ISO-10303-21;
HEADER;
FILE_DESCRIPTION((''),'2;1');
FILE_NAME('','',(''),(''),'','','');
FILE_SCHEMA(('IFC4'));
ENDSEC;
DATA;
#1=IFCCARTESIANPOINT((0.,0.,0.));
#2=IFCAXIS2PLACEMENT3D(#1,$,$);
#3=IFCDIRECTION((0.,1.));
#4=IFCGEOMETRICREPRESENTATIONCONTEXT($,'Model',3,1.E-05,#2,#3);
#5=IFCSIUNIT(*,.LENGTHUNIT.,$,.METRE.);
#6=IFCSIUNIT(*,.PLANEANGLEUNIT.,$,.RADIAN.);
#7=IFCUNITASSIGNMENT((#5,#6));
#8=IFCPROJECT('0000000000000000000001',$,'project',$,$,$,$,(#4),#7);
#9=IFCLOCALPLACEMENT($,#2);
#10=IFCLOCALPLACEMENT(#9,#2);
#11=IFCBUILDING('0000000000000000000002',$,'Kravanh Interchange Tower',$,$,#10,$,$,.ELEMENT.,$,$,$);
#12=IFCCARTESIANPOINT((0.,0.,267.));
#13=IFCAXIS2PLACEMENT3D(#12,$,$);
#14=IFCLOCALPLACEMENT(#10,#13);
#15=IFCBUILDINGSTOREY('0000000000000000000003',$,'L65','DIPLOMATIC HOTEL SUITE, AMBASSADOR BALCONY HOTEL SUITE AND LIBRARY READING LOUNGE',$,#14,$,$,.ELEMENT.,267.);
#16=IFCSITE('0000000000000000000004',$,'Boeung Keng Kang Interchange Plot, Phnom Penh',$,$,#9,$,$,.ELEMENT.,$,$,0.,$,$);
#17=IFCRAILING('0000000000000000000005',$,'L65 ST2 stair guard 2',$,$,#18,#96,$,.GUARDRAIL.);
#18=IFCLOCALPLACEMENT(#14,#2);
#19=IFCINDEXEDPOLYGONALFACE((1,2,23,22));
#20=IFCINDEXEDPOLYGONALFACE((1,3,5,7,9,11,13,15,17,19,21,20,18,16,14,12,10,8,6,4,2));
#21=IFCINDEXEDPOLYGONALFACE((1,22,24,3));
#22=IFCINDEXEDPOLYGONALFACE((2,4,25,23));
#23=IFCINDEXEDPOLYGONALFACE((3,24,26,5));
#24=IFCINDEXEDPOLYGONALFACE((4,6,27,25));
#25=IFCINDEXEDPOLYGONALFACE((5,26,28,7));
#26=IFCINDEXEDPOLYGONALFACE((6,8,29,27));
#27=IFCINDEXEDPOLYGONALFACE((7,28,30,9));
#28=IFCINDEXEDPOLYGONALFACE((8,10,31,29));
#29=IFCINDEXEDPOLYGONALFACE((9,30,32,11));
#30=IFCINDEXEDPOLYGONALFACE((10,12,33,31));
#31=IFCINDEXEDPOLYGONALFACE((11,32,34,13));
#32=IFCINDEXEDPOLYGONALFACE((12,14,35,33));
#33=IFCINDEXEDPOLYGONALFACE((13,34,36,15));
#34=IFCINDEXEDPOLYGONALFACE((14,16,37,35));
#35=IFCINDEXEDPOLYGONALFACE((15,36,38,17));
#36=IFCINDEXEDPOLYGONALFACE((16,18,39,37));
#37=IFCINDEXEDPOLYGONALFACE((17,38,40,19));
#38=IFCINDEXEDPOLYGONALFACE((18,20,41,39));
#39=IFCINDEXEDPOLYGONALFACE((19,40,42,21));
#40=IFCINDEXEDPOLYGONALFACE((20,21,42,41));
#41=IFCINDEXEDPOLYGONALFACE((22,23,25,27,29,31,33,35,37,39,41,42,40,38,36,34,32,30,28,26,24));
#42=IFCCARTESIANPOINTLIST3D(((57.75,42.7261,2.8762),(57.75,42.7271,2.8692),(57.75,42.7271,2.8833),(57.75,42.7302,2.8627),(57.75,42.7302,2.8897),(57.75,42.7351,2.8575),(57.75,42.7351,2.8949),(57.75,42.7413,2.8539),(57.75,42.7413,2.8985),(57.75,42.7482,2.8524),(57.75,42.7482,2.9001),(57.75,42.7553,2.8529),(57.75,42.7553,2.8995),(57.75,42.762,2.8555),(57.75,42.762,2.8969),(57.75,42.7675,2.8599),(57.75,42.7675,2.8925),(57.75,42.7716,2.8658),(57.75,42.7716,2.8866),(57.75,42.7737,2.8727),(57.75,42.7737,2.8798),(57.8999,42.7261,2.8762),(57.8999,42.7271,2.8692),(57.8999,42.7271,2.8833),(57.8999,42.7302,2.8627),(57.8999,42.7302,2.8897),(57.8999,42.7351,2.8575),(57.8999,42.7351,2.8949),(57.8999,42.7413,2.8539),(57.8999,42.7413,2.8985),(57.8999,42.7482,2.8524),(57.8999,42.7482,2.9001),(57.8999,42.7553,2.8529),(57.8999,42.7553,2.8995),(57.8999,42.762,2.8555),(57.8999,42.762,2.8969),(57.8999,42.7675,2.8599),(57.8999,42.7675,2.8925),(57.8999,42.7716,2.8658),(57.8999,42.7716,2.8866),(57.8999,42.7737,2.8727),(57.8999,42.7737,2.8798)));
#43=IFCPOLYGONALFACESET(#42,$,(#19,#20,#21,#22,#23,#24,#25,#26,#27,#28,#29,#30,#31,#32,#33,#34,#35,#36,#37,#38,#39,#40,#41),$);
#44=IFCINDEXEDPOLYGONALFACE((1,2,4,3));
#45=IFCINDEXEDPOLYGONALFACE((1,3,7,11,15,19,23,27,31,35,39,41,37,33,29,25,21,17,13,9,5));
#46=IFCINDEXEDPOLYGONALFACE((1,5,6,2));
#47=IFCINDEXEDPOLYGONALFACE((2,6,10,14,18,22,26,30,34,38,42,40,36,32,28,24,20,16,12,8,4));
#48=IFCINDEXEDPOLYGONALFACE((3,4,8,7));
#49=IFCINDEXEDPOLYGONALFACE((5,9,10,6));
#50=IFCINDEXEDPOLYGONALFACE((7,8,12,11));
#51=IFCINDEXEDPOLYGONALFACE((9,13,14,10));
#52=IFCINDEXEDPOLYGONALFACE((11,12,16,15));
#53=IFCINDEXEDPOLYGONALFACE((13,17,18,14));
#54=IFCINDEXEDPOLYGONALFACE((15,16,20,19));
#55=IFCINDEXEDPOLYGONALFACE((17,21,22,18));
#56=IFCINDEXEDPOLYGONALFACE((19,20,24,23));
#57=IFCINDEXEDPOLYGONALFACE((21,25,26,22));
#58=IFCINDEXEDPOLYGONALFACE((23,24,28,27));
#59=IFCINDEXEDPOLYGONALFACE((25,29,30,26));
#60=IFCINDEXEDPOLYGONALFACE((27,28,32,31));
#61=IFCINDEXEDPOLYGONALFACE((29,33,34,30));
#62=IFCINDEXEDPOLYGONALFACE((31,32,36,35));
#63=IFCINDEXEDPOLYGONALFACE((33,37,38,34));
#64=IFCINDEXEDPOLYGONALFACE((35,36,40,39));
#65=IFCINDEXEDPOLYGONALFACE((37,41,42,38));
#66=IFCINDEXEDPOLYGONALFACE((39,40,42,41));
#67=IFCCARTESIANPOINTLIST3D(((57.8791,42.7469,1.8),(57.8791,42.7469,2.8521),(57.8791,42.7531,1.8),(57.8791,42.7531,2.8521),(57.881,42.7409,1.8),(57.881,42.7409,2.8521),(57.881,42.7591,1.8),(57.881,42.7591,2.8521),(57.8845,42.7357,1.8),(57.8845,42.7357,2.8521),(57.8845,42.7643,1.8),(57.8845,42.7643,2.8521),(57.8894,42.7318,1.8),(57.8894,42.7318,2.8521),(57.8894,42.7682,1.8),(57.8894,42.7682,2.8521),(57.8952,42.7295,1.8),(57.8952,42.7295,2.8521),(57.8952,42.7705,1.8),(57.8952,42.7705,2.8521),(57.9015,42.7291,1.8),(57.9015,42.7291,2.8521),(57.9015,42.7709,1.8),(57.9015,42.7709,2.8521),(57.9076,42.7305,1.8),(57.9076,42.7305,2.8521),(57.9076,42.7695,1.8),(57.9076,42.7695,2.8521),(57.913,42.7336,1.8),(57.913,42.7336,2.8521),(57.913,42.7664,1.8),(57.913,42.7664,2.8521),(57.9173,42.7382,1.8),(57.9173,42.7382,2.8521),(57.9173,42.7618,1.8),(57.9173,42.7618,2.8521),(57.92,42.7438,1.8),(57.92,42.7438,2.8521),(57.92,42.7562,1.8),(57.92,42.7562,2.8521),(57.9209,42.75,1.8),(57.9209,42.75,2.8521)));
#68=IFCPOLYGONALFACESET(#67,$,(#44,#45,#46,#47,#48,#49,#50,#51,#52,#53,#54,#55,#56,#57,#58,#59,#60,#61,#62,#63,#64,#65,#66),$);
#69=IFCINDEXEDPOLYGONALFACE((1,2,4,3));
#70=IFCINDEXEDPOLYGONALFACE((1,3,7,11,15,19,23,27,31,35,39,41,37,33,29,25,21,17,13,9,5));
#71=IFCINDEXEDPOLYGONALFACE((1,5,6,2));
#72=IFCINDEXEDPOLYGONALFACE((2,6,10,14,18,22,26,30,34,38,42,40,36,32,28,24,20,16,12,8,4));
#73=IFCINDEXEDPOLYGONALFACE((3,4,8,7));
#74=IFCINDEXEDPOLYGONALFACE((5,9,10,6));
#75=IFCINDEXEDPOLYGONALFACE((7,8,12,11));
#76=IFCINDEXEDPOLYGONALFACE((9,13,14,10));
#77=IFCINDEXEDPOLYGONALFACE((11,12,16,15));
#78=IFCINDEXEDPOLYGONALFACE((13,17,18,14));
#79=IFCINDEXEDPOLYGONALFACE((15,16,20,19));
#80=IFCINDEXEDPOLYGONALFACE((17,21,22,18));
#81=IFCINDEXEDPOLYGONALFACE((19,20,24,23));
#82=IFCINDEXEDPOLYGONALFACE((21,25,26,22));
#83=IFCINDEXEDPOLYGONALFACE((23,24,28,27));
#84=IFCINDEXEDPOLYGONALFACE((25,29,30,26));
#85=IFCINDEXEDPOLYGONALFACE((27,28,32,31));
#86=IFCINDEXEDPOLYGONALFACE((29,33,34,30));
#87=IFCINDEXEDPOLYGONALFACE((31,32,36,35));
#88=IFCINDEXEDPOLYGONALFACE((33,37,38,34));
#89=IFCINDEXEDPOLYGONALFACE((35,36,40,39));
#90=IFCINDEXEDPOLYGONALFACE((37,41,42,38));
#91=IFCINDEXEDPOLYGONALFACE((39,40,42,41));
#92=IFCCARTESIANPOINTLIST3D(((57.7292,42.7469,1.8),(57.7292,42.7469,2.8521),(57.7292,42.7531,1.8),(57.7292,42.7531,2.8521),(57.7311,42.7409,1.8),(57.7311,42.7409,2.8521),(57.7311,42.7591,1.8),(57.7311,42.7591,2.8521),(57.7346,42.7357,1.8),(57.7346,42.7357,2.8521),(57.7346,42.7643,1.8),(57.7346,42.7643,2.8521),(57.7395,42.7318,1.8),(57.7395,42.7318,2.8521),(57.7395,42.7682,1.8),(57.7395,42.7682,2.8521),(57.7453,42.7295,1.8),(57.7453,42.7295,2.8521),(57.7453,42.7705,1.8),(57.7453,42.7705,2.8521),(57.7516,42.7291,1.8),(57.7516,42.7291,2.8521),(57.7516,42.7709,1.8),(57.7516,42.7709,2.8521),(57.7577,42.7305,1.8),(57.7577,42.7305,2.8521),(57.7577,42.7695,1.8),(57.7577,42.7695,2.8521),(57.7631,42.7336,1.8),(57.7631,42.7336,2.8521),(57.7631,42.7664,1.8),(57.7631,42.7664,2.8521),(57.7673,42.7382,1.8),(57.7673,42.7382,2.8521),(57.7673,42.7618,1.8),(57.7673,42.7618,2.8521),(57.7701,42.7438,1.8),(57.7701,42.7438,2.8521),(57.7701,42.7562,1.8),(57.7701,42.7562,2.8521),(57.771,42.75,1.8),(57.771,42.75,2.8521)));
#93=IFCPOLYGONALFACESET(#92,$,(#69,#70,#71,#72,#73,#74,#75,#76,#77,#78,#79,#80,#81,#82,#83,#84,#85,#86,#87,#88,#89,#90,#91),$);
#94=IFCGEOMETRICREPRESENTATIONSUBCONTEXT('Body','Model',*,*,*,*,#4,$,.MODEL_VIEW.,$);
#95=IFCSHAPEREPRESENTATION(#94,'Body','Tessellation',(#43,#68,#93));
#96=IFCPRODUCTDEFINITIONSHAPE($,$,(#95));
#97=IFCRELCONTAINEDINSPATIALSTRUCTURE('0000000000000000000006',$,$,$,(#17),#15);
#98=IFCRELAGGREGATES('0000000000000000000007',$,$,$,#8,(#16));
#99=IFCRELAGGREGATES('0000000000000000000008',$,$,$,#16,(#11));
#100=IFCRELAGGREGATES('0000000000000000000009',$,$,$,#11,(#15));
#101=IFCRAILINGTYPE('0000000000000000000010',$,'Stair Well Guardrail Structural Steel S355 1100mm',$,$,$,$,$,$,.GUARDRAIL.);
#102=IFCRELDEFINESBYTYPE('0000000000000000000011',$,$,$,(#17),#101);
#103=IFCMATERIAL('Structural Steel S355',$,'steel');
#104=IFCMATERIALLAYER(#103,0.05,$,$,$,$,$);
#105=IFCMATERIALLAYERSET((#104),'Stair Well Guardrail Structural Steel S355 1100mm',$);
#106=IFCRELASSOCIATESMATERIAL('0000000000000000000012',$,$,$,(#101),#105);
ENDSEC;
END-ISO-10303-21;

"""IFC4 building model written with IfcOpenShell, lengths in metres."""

from ifc_helpers import new_model, si_unit, direction, frame, origin, origin_2d, place, context, subcontext, project, spatial, circle, extrude, material, layer, layer_set, type_object, element, save


model = new_model("IFC4")

# Units and contexts
model_context = context("Model", 3, precision=1e-05, world=origin(), true_north=direction((0.0, 1.0)))
body_context = subcontext(model_context, "Body", "Model", "MODEL_VIEW")
ifc_project = project(units=[si_unit("LENGTHUNIT", "METRE"), si_unit("PLANEANGLEUNIT", "RADIAN")], contexts=[model_context])

# Site, building, storey
site_placement = place(None, origin())
site = spatial("IfcSite", under=ifc_project, at=site_placement, Name="Boeung Keng Kang Interchange Plot, Phnom Penh", CompositionType="ELEMENT", RefElevation=0.0)
building_placement = place(site_placement, origin())
building = spatial("IfcBuilding", under=site, at=building_placement, Name="Kravanh Interchange Tower", CompositionType="ELEMENT")
storey_placement = place(building_placement, frame((0.0, 0.0, 267.0)))
storey = spatial("IfcBuildingStorey", under=building, at=storey_placement, Name="L65", Description="DIPLOMATIC HOTEL SUITE, AMBASSADOR BALCONY HOTEL SUITE AND LIBRARY READING LOUNGE", CompositionType="ELEMENT", Elevation=267.0)

# Railing
ifc_material_1 = material(Name="Structural Steel S355", Category="steel")
ifc_layer_1 = layer(ifc_material_1, 0.05)
ifc_layer_set_1 = layer_set([ifc_layer_1], Name="Stair Well Guardrail Structural Steel S355 1100mm")
railing_type_1 = type_object("IfcRailingType", Name="Stair Well Guardrail Structural Steel S355 1100mm", PredefinedType="GUARDRAIL", material=ifc_layer_set_1)
railing_1_placement = place(storey_placement, frame((57.8999, 42.75, 1.8)))
element("IfcRailing", 1, at=railing_1_placement, inside=storey, type_object=railing_type_1, Name="L65 ST2 stair guard 2", PredefinedType="GUARDRAIL", context=body_context, shape_type="SweptSolid", body=[
    extrude(circle(Radius=0.0239, at=origin_2d()), frame((0.0, 0.0, 1.0762), z_axis=(-1.0, 0.0, 0.0), x_axis=(0.0, -1.0, 0.0)), (0.0, 0.0, 1.0), 0.1499),
    extrude(circle(Radius=0.021, at=origin_2d()), origin(), (0.0, 0.0, 1.0), 1.052),
    extrude(circle(Radius=0.021, at=origin_2d()), frame((-0.1499, 0.0, 0.0)), (0.0, 0.0, 1.0), 1.052),
])

save(model, "model.ifc")
